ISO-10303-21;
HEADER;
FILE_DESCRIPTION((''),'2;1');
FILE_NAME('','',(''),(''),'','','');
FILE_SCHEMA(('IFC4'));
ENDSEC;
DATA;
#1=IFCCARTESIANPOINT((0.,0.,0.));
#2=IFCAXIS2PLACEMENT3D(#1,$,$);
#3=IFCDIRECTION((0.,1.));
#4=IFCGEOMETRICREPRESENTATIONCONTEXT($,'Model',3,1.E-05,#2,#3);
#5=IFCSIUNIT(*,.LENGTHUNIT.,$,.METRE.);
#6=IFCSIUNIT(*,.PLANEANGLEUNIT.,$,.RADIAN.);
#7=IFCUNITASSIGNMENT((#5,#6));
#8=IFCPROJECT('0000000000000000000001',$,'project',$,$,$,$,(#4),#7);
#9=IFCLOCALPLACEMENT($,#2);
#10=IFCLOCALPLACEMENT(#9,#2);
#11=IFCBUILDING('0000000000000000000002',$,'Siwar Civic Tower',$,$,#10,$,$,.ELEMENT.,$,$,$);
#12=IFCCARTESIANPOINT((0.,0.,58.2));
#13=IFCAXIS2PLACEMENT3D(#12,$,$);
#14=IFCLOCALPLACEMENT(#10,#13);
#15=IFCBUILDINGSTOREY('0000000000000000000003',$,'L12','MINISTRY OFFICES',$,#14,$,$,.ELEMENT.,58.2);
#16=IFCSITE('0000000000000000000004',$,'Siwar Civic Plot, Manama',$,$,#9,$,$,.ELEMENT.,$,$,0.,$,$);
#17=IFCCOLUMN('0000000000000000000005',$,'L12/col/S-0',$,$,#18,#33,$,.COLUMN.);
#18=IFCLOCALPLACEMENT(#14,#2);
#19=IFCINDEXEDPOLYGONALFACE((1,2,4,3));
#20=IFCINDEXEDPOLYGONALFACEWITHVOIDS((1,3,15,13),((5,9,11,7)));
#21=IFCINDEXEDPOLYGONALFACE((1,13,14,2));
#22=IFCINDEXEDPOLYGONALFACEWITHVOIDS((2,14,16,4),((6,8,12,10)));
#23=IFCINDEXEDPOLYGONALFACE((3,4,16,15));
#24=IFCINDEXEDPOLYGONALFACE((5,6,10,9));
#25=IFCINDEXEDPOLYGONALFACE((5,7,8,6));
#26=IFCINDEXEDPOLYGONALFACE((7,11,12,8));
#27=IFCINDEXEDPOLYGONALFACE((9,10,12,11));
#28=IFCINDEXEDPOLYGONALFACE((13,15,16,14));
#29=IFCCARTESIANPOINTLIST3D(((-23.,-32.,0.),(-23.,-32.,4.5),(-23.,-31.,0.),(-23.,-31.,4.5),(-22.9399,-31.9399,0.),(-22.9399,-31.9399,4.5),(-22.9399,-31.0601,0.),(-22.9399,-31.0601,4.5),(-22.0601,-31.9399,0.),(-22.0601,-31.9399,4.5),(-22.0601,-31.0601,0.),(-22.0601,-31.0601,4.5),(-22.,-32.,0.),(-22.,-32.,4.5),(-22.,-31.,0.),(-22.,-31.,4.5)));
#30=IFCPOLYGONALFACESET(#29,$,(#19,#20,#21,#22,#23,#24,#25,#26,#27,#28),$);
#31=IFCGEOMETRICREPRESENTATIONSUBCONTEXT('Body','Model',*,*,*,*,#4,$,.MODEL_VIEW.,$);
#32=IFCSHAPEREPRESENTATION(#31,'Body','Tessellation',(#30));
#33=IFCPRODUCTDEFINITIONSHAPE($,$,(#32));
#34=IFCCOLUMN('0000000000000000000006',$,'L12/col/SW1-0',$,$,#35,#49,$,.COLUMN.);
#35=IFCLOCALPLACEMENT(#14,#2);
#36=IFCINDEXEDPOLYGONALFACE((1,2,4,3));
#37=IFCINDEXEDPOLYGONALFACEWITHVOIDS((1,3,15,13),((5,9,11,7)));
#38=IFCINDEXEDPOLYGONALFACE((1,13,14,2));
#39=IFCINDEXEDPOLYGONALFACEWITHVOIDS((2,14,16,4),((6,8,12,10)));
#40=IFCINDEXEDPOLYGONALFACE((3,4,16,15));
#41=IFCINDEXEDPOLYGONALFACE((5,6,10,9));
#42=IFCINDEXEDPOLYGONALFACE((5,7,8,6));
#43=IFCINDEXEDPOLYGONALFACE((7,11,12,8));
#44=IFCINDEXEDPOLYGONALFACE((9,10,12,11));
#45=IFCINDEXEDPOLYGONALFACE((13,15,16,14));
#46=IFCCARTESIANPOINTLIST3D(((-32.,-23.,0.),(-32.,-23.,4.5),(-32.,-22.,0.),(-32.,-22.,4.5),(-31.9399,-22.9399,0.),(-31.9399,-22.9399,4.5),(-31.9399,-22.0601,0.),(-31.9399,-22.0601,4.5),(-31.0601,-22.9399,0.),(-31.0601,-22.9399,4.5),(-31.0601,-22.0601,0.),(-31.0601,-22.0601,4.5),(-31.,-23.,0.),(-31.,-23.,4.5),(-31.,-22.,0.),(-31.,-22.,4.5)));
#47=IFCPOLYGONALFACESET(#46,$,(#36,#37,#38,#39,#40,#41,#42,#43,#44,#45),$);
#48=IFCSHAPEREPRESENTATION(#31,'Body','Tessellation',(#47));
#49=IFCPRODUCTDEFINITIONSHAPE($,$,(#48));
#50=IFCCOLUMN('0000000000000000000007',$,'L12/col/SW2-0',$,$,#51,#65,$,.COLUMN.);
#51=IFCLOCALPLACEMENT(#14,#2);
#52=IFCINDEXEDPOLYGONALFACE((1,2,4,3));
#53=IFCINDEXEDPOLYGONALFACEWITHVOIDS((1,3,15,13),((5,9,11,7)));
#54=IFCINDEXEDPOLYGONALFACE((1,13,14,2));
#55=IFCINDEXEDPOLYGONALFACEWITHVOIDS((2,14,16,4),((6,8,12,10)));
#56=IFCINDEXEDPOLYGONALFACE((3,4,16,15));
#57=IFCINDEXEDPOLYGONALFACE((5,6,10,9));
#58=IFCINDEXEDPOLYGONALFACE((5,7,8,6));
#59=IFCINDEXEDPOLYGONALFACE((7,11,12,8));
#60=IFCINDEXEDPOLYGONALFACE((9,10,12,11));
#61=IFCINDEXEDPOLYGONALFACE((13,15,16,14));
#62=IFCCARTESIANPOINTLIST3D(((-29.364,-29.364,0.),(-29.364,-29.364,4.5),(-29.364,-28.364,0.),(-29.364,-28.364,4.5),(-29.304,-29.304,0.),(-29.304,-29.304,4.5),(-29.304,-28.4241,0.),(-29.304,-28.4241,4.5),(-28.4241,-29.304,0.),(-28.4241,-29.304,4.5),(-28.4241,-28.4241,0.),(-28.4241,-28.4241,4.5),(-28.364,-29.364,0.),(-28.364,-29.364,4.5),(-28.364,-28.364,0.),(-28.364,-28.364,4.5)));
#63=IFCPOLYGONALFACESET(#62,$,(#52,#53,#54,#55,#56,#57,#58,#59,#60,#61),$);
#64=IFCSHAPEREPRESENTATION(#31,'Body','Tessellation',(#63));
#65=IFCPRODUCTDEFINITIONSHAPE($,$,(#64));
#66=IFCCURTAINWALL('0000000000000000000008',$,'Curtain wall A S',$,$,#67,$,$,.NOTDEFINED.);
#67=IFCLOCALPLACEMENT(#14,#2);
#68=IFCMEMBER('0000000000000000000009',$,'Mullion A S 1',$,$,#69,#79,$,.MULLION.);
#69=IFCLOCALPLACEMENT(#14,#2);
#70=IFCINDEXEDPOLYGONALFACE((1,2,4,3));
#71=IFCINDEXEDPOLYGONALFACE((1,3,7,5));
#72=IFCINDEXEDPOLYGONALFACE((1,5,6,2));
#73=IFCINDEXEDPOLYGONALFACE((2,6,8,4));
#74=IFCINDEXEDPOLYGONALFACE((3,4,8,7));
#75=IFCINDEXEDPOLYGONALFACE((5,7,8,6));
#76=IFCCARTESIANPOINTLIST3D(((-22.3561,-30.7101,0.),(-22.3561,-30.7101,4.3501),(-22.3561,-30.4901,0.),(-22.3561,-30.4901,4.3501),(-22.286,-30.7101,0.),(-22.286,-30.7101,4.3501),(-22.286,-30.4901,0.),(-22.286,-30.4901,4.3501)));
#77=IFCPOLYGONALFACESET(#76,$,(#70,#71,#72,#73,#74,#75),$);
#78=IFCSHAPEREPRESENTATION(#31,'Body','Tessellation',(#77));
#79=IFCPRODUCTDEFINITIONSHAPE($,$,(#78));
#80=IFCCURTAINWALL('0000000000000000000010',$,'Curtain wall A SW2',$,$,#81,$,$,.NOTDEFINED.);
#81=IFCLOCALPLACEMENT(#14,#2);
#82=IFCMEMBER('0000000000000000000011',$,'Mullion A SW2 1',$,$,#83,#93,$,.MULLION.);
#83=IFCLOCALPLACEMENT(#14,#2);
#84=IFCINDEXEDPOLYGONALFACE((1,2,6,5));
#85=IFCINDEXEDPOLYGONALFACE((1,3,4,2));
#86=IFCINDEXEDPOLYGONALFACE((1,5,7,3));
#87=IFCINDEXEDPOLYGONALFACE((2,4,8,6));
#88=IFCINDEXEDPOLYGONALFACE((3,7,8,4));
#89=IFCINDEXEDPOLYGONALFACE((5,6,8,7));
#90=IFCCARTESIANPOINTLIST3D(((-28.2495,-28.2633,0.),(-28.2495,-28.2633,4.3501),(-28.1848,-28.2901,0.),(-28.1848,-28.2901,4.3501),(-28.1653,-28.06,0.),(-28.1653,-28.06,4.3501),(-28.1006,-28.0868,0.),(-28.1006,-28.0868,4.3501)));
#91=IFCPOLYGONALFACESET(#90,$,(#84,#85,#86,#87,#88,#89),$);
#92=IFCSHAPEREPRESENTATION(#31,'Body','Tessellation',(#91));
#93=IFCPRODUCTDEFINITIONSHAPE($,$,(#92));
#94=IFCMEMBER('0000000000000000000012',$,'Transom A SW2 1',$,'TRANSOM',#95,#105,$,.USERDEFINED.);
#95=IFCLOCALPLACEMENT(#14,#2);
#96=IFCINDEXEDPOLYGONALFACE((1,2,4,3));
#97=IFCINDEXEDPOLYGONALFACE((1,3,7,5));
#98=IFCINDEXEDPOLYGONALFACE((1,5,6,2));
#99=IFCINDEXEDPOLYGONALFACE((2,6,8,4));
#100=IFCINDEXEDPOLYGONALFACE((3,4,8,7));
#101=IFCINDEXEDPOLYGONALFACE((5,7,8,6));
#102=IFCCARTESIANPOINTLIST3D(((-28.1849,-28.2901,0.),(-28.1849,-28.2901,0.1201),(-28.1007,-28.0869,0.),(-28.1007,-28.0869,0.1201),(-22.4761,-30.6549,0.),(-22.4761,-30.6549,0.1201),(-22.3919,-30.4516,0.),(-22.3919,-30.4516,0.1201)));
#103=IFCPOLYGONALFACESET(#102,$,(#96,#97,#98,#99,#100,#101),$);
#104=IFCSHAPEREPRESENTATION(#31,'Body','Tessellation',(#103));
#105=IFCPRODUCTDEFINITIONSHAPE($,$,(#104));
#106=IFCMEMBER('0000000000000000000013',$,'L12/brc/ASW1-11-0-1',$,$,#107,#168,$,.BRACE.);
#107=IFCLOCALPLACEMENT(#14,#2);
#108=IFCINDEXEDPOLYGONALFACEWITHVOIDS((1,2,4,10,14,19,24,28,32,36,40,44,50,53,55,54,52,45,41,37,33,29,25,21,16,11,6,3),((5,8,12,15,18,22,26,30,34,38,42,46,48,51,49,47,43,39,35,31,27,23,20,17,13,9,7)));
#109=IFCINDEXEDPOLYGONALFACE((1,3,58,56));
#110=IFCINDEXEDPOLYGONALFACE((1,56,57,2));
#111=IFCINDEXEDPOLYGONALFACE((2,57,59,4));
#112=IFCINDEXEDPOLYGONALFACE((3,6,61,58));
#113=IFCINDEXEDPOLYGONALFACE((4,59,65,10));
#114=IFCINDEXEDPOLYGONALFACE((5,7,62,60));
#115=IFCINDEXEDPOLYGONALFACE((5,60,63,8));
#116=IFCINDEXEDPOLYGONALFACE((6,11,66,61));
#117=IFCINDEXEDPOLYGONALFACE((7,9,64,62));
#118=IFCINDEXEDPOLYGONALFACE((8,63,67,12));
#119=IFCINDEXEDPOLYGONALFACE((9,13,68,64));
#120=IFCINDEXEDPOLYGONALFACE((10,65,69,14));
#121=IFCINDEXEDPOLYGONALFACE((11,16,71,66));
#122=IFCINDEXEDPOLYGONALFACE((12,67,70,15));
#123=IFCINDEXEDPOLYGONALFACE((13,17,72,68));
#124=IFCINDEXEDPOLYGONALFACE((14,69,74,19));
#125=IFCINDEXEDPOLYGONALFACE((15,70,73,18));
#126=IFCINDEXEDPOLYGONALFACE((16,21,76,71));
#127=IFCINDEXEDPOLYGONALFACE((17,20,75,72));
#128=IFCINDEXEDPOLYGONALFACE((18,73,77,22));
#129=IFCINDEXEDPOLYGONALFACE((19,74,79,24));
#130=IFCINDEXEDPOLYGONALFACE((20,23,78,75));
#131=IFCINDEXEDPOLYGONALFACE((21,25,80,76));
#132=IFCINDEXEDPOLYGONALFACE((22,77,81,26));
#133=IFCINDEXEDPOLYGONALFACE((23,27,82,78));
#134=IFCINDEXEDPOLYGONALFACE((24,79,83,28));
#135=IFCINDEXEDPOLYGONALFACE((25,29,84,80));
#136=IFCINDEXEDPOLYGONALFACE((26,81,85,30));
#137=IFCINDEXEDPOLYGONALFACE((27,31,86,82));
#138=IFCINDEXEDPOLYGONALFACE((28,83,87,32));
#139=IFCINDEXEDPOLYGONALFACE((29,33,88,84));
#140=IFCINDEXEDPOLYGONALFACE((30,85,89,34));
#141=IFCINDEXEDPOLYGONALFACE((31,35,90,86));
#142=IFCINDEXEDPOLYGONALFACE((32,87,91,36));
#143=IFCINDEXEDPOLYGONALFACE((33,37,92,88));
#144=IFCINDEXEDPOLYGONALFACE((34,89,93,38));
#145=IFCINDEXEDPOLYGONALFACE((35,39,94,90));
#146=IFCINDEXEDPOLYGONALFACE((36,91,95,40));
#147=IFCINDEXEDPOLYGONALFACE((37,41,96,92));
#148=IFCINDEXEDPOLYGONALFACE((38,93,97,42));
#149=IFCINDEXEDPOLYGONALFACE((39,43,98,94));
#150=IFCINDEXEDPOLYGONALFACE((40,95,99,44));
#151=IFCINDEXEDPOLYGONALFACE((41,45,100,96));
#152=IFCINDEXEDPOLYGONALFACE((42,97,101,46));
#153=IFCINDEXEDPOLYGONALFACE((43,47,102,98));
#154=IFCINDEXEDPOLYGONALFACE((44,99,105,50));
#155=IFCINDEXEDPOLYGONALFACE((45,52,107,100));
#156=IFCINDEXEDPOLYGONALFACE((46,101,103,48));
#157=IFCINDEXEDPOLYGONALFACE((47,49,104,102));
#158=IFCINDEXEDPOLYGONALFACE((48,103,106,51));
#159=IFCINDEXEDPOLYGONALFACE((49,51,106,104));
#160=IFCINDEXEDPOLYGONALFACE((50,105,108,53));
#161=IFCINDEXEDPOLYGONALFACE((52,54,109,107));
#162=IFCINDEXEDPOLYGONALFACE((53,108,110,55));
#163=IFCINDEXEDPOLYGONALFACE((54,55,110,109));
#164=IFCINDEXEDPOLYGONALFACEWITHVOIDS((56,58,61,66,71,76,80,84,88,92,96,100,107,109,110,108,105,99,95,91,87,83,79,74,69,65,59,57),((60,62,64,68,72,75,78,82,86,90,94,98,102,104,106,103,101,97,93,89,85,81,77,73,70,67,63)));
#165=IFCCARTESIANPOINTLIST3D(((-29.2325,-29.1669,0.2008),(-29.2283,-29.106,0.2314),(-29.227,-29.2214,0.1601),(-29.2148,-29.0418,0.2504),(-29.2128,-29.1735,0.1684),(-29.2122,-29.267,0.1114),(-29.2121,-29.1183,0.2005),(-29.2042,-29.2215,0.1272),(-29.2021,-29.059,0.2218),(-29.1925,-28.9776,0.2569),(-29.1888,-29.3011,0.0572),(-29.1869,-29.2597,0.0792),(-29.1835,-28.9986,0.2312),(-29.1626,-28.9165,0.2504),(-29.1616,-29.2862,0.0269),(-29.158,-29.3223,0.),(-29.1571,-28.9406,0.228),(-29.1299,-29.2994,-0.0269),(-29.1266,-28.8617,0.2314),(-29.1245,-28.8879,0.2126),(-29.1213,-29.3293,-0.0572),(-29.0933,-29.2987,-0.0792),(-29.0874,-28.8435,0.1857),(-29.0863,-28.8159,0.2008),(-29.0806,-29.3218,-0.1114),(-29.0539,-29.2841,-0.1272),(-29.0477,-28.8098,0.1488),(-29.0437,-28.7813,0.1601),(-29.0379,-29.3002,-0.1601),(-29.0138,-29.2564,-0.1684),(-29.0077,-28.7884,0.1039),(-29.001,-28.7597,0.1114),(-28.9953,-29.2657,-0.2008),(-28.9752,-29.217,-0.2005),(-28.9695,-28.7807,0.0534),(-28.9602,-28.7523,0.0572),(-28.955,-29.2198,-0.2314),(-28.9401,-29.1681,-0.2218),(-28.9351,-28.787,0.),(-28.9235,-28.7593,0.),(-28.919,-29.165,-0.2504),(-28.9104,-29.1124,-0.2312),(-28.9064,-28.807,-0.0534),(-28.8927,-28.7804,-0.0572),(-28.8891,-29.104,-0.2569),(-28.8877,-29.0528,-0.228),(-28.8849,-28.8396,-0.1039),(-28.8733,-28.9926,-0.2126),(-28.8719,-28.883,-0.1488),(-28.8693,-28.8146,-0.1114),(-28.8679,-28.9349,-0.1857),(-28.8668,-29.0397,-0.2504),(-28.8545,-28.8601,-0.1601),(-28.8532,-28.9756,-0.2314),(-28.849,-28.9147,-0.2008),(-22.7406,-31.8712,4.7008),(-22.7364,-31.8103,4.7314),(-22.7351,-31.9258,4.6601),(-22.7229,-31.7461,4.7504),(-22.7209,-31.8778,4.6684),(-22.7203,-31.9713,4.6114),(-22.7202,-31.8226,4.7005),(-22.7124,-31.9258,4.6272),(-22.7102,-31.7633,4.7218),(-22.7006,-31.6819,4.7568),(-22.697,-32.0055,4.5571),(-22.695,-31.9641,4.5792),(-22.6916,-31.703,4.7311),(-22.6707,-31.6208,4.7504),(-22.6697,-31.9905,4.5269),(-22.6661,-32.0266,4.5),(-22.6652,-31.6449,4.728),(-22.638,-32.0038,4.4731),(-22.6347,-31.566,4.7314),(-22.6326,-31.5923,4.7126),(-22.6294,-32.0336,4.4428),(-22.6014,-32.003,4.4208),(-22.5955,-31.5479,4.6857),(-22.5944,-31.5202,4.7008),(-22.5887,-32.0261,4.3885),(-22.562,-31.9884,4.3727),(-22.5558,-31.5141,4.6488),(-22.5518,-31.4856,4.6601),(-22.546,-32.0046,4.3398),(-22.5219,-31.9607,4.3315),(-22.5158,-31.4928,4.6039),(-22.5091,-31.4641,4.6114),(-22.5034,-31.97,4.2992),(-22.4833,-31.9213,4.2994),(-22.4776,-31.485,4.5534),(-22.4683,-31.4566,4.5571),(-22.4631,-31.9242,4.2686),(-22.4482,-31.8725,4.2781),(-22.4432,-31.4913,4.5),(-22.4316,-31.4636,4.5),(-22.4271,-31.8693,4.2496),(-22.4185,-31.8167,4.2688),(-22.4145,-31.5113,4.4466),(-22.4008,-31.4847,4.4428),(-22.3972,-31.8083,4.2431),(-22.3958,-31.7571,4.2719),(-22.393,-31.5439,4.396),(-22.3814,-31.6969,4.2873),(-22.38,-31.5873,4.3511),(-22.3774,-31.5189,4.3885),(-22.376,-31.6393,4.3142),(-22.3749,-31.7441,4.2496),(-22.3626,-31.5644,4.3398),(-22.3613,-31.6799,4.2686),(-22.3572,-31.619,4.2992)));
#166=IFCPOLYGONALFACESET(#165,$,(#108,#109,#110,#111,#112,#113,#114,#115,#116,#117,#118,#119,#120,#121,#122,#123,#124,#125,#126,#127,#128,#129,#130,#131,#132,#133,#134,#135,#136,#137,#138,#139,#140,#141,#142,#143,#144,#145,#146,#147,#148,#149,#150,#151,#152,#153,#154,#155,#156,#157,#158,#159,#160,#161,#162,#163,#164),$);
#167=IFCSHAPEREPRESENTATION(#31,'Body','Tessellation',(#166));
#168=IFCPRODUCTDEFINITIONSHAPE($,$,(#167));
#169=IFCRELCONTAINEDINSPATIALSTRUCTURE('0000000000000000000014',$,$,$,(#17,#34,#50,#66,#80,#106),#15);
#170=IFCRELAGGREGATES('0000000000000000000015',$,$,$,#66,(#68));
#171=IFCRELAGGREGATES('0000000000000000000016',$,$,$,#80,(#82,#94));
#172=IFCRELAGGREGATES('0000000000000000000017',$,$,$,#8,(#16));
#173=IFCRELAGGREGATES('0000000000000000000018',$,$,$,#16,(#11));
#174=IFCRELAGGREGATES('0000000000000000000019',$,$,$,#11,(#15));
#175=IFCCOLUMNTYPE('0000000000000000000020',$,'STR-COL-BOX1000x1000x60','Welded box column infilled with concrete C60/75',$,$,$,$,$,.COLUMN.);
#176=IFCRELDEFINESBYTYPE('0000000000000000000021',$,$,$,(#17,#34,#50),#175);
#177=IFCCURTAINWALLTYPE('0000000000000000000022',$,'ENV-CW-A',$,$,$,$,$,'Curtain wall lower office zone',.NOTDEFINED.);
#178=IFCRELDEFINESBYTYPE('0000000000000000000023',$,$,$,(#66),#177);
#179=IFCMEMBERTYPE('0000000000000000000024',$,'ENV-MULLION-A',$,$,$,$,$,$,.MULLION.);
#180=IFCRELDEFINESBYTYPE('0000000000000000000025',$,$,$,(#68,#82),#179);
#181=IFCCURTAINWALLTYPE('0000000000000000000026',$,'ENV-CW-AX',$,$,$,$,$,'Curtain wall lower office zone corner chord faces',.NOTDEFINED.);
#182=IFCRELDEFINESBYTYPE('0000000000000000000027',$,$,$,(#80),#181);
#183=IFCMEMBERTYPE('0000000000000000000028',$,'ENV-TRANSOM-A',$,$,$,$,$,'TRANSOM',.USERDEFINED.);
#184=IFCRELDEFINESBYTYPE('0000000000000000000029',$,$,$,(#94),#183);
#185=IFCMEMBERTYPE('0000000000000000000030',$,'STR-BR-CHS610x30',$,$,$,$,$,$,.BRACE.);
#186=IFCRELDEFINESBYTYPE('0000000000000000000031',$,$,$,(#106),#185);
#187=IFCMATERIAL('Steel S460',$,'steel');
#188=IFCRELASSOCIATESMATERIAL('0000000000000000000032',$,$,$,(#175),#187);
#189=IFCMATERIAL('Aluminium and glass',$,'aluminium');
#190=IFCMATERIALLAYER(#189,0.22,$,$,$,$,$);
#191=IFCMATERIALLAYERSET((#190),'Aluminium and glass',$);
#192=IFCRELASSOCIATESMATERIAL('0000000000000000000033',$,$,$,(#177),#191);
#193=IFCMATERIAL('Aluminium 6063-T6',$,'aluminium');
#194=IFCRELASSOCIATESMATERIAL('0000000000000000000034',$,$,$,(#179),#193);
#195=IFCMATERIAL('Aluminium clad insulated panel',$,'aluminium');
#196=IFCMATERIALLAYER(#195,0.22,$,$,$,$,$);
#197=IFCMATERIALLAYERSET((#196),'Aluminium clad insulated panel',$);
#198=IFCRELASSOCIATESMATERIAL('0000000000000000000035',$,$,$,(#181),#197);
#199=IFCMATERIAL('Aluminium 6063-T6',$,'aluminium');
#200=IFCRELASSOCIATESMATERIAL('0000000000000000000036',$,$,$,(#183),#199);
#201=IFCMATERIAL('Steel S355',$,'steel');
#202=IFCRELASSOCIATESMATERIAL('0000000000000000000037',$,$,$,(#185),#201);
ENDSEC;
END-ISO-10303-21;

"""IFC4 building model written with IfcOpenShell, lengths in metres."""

from ifc_helpers import new_model, si_unit, direction, frame, origin, origin_2d, place, context, subcontext, project, spatial, rectangle, hollow_rectangle, hollow_circle, extrude, material, layer, layer_set, material_profile, profile_set, type_object, element, aggregate, save


model = new_model("IFC4")

# Units and contexts
model_context = context("Model", 3, precision=1e-05, world=origin(), true_north=direction((0.0, 1.0)))
body_context = subcontext(model_context, "Body", "Model", "MODEL_VIEW")
ifc_project = project(units=[si_unit("LENGTHUNIT", "METRE"), si_unit("PLANEANGLEUNIT", "RADIAN")], contexts=[model_context])

# Site, building, storey
site_placement = place(None, origin())
site = spatial("IfcSite", under=ifc_project, at=site_placement, Name="Siwar Civic Plot, Manama", CompositionType="ELEMENT", RefElevation=0.0)
building_placement = place(site_placement, origin())
building = spatial("IfcBuilding", under=site, at=building_placement, Name="Siwar Civic Tower", CompositionType="ELEMENT")
storey_placement = place(building_placement, frame((0.0, 0.0, 58.2)))
storey = spatial("IfcBuildingStorey", under=building, at=storey_placement, Name="L12", Description="MINISTRY OFFICES", CompositionType="ELEMENT", Elevation=58.2)

# Columns
ifc_material_1 = material(Name="Steel S460", Category="steel")
ifc_material_profile_1 = material_profile(ifc_material_1, hollow_rectangle(XDim=1.0, YDim=1.0, WallThickness=0.0601, at=origin_2d()), Name="BOX1000x1000x60")
ifc_profile_set_1 = profile_set([ifc_material_profile_1], Name="Steel S460")
column_type = type_object("IfcColumnType", Name="STR-COL-BOX1000x1000x60", Description="Welded box column infilled with concrete C60/75", PredefinedType="COLUMN", material=ifc_profile_set_1)
for number, where, z_axis, x_axis, name in (
    (1, (-22.5, -31.5, 0.0), (0.0, 0.0, 1.0), (1.0, 0.0, 0.0), "L12/col/S-0"),
    (2, (-31.5, -22.5, 0.0), (0.0, 0.0, 1.0), (1.0, 0.0, 0.0), "L12/col/SW1-0"),
    (3, (-28.864, -28.864, 0.0), (0.0, 0.0, 1.0), (1.0, 0.0, 0.0), "L12/col/SW2-0"),
):
    element("IfcColumn", number, at=place(storey_placement, frame(where, z_axis=z_axis, x_axis=x_axis)), inside=storey, type_object=column_type, Name=name, PredefinedType="COLUMN", context=body_context, shape_type="SweptSolid", body=[
        extrude(hollow_rectangle(XDim=1.0, YDim=1.0, WallThickness=0.0601, at=origin_2d()), origin(), (0.0, 0.0, 1.0), 4.5),
    ])

# Curtain wall, member
ifc_material_2 = material(Name="Aluminium and glass", Category="aluminium")
ifc_layer_1 = layer(ifc_material_2, 0.22)
ifc_layer_set_1 = layer_set([ifc_layer_1], Name="Aluminium and glass")
curtain_wall_type_1 = type_object("IfcCurtainWallType", Name="ENV-CW-A", ElementType="Curtain wall lower office zone", PredefinedType="NOTDEFINED", material=ifc_layer_set_1)
curtain_wall_1_placement = place(storey_placement, origin())
curtain_wall_1 = element("IfcCurtainWall", 4, at=curtain_wall_1_placement, inside=storey, type_object=curtain_wall_type_1, Name="Curtain wall A S", PredefinedType="NOTDEFINED")
ifc_material_3 = material(Name="Aluminium 6063-T6", Category="aluminium")
ifc_material_profile_2 = material_profile(ifc_material_3, rectangle(XDim=0.22, YDim=0.0701, at=origin_2d()), Name="AL 220x70")
ifc_profile_set_2 = profile_set([ifc_material_profile_2], Name="Aluminium 6063-T6")
member_type_1 = type_object("IfcMemberType", Name="ENV-MULLION-A", PredefinedType="MULLION", material=ifc_profile_set_2)
member_1_placement = place(storey_placement, frame((-22.321, -30.6001, 0.0), z_axis=(0.0, 0.0, 1.0), x_axis=(0.0, 1.0, 0.0)))
member_1 = element("IfcMember", 5, at=member_1_placement, type_object=member_type_1, Name="Mullion A S 1", PredefinedType="MULLION", context=body_context, shape_type="SweptSolid", body=[
    extrude(rectangle(XDim=0.22, YDim=0.0701, at=origin_2d()), origin(), (0.0, 0.0, 1.0), 4.3501),
])
aggregate(curtain_wall_1, [member_1])

# Curtain wall, members
ifc_material_4 = material(Name="Aluminium clad insulated panel", Category="aluminium")
ifc_layer_2 = layer(ifc_material_4, 0.22)
ifc_layer_set_2 = layer_set([ifc_layer_2], Name="Aluminium clad insulated panel")
curtain_wall_type_2 = type_object("IfcCurtainWallType", Name="ENV-CW-AX", ElementType="Curtain wall lower office zone corner chord faces", PredefinedType="NOTDEFINED", material=ifc_layer_set_2)
curtain_wall_2_placement = place(storey_placement, origin())
curtain_wall_2 = element("IfcCurtainWall", 6, at=curtain_wall_2_placement, inside=storey, type_object=curtain_wall_type_2, Name="Curtain wall A SW2", PredefinedType="NOTDEFINED")
member_2_placement = place(storey_placement, frame((-28.175, -28.175, 0.0), z_axis=(0.0, 0.0, 1.0), x_axis=(0.382683, 0.92388, 0.0)))
member_2 = element("IfcMember", 7, at=member_2_placement, type_object=member_type_1, Name="Mullion A SW2 1", PredefinedType="MULLION", context=body_context, shape_type="SweptSolid", body=[
    extrude(rectangle(XDim=0.22, YDim=0.0701, at=origin_2d()), origin(), (0.0, 0.0, 1.0), 4.3501),
])
ifc_material_5 = material(Name="Aluminium 6063-T6", Category="aluminium")
ifc_material_profile_3 = material_profile(ifc_material_5, rectangle(XDim=0.22, YDim=0.1201, at=origin_2d()), Name="AL 220x120")
ifc_profile_set_3 = profile_set([ifc_material_profile_3], Name="Aluminium 6063-T6")
member_type_2 = type_object("IfcMemberType", Name="ENV-TRANSOM-A", ElementType="TRANSOM", PredefinedType="USERDEFINED", material=ifc_profile_set_3)
member_3_placement = place(storey_placement, frame((-28.1428, -28.1885, 0.0601), z_axis=(0.923873, -0.382698, 0.0), x_axis=(0.382698, 0.923873, 0.0)))
member_3 = element("IfcMember", 8, at=member_3_placement, type_object=member_type_2, Name="Transom A SW2 1", ObjectType="TRANSOM", PredefinedType="USERDEFINED", context=body_context, shape_type="SweptSolid", body=[
    extrude(rectangle(XDim=0.22, YDim=0.1201, at=origin_2d()), origin(), (0.0, 0.0, 1.0), 6.1792),
])

# Member
ifc_material_6 = material(Name="Steel S355", Category="steel")
ifc_material_profile_4 = material_profile(ifc_material_6, hollow_circle(Radius=0.3049, WallThickness=0.03, at=origin_2d()), Name="CHS610x30")
ifc_profile_set_4 = profile_set([ifc_material_profile_4], Name="Steel S355")
member_type_3 = type_object("IfcMemberType", Name="STR-BR-CHS610x30", PredefinedType="BRACE", material=ifc_profile_set_4)
member_4_placement = place(storey_placement, frame((-29.0408, -29.0408, 0.0), z_axis=(0.777555, -0.323906, 0.538975), x_axis=(0.384539, 0.923109, 0.0)))
element("IfcMember", 9, at=member_4_placement, inside=storey, type_object=member_type_3, Name="L12/brc/ASW1-11-0-1", PredefinedType="BRACE", context=body_context, shape_type="SweptSolid", body=[
    extrude(hollow_circle(Radius=0.3049, WallThickness=0.03, at=origin_2d()), origin(), (0.0, 0.0, 1.0), 8.3491),
])

aggregate(curtain_wall_2, [member_2, member_3])

save(model, "model.ifc")
